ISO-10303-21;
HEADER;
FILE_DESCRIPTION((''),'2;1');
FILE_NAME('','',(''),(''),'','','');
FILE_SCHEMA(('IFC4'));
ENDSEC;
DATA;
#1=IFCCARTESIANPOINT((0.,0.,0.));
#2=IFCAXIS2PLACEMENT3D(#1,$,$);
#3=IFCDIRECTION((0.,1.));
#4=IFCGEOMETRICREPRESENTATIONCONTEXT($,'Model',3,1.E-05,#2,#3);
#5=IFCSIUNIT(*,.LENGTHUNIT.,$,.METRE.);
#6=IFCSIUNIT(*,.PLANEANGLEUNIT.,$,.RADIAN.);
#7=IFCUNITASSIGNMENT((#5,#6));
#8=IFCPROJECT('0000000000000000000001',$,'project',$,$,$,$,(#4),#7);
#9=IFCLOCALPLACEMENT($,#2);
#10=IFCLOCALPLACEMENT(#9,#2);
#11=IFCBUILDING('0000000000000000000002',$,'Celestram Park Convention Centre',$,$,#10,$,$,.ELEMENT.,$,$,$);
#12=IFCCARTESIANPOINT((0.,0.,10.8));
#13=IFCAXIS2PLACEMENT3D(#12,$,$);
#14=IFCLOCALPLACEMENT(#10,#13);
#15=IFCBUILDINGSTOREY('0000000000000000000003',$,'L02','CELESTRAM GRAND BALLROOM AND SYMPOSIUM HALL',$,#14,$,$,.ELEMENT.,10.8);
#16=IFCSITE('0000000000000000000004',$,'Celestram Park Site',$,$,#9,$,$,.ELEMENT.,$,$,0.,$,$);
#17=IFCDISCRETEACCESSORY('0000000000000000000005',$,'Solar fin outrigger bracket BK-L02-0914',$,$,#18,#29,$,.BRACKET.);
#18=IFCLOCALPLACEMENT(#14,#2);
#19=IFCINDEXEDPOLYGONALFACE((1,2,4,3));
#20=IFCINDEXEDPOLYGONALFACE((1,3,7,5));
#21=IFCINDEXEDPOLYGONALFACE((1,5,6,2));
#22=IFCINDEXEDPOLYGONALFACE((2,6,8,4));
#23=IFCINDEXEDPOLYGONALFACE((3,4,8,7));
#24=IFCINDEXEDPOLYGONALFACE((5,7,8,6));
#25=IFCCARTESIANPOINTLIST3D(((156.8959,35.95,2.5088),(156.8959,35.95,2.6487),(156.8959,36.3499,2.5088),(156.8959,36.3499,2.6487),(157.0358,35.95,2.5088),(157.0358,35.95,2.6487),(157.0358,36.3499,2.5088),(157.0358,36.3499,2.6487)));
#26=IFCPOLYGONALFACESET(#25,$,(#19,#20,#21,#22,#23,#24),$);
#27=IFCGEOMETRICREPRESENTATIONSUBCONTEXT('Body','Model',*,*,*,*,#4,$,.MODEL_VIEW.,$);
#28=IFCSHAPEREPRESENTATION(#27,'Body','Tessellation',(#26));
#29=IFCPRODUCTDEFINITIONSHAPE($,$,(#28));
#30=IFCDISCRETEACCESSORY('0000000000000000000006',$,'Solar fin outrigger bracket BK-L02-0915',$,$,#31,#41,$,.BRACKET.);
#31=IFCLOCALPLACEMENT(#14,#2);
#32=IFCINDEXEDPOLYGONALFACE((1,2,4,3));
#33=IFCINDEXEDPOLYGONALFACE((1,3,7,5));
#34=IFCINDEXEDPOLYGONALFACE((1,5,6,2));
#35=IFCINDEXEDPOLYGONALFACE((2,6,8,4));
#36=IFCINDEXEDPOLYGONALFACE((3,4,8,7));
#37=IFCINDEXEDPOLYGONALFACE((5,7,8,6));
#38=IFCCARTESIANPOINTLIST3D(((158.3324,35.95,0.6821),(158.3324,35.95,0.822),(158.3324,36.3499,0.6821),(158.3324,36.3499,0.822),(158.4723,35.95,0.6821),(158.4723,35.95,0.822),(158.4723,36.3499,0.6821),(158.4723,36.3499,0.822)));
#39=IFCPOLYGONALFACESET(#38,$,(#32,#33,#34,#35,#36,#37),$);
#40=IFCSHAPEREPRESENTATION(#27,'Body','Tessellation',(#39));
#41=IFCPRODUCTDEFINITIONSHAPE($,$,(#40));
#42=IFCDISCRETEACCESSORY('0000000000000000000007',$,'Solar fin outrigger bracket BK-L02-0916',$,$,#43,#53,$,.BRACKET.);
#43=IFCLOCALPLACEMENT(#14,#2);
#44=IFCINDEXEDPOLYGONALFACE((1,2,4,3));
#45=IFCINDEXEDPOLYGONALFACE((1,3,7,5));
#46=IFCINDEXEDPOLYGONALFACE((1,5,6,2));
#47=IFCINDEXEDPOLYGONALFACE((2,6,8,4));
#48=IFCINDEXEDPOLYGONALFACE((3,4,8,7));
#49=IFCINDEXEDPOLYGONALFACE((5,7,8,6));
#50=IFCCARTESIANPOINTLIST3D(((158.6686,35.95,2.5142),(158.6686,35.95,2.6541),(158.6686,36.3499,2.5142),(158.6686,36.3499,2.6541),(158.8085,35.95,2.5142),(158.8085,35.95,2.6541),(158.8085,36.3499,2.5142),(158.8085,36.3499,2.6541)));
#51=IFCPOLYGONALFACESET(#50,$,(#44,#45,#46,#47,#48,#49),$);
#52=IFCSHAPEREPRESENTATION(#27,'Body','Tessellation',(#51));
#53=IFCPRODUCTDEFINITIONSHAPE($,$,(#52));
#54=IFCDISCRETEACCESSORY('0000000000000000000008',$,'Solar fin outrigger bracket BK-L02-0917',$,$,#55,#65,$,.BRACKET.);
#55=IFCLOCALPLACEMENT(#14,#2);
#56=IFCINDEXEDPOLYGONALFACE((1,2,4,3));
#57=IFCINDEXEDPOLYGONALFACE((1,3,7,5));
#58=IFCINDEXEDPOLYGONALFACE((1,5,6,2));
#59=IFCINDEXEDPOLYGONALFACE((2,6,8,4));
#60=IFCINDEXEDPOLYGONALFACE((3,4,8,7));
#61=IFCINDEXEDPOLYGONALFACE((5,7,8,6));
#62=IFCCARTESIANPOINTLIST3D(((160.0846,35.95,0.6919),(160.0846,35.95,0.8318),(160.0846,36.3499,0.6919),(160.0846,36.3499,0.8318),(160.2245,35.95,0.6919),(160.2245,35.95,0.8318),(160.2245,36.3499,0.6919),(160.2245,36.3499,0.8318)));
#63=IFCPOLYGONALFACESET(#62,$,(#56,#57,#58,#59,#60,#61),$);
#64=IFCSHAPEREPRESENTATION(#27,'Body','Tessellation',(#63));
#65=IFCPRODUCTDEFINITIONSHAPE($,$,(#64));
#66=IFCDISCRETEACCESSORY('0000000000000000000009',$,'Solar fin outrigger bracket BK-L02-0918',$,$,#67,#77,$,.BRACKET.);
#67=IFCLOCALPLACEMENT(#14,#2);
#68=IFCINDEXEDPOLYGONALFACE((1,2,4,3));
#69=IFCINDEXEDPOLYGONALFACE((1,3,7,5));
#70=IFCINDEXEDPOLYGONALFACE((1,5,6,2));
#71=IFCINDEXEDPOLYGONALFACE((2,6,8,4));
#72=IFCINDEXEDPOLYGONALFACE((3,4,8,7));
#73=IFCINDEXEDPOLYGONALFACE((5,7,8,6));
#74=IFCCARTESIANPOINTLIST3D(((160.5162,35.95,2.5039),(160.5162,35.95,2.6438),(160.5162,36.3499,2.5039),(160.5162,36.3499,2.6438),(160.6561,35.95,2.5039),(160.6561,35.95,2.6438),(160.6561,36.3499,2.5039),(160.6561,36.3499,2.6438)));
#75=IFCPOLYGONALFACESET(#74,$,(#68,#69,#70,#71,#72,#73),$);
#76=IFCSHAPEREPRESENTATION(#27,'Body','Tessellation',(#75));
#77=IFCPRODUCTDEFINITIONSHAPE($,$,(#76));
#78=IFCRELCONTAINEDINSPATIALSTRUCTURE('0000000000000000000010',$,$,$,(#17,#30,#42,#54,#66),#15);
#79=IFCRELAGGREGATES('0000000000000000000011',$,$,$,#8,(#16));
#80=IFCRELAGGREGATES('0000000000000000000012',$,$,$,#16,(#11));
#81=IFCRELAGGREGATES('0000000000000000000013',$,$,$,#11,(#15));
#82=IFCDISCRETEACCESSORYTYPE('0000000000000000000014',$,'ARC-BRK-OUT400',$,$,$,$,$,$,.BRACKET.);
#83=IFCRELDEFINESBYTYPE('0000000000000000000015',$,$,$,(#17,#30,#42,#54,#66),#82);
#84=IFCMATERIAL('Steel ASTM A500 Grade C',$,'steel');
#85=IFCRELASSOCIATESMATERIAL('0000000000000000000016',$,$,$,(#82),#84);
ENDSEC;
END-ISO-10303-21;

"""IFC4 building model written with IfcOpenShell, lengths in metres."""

from ifc_helpers import new_model, si_unit, direction, frame, origin, origin_2d, place, context, subcontext, project, spatial, rectangle, extrude, material, type_object, element, save


model = new_model("IFC4")

# Units and contexts
model_context = context("Model", 3, precision=1e-05, world=origin(), true_north=direction((0.0, 1.0)))
body_context = subcontext(model_context, "Body", "Model", "MODEL_VIEW")
ifc_project = project(units=[si_unit("LENGTHUNIT", "METRE"), si_unit("PLANEANGLEUNIT", "RADIAN")], contexts=[model_context])

# Site, building, storey
site_placement = place(None, origin())
site = spatial("IfcSite", under=ifc_project, at=site_placement, Name="Celestram Park Site", CompositionType="ELEMENT", RefElevation=0.0)
building_placement = place(site_placement, origin())
building = spatial("IfcBuilding", under=site, at=building_placement, Name="Celestram Park Convention Centre", CompositionType="ELEMENT")
storey_placement = place(building_placement, frame((0.0, 0.0, 10.8)))
storey = spatial("IfcBuildingStorey", under=building, at=storey_placement, Name="L02", Description="CELESTRAM GRAND BALLROOM AND SYMPOSIUM HALL", CompositionType="ELEMENT", Elevation=10.8)

# Discrete accessories
ifc_material_1 = material(Name="Steel ASTM A500 Grade C", Category="steel")
discrete_accessory_type = type_object("IfcDiscreteAccessoryType", Name="ARC-BRK-OUT400", PredefinedType="BRACKET", material=ifc_material_1)
for number, where, z_axis, x_axis, name in (
    (1, (156.9658, 36.1499, 2.5088), (0.0, 0.0, 1.0), (0.0, 1.0, 0.0), "Solar fin outrigger bracket BK-L02-0914"),
    (2, (158.4023, 36.1499, 0.6821), (0.0, 0.0, 1.0), (0.0, 1.0, 0.0), "Solar fin outrigger bracket BK-L02-0915"),
    (3, (158.7385, 36.1499, 2.5142), (0.0, 0.0, 1.0), (0.0, 1.0, 0.0), "Solar fin outrigger bracket BK-L02-0916"),
    (4, (160.1545, 36.1499, 0.6919), (0.0, 0.0, 1.0), (0.0, 1.0, 0.0), "Solar fin outrigger bracket BK-L02-0917"),
    (5, (160.5862, 36.1499, 2.5039), (0.0, 0.0, 1.0), (0.0, 1.0, 0.0), "Solar fin outrigger bracket BK-L02-0918"),
):
    element("IfcDiscreteAccessory", number, at=place(storey_placement, frame(where, z_axis=z_axis, x_axis=x_axis)), inside=storey, type_object=discrete_accessory_type, Name=name, PredefinedType="BRACKET", context=body_context, shape_type="SweptSolid", body=[
        extrude(rectangle(XDim=0.3999, YDim=0.1399, at=origin_2d()), origin(), (0.0, 0.0, 1.0), 0.1399),
    ])

save(model, "model.ifc")
